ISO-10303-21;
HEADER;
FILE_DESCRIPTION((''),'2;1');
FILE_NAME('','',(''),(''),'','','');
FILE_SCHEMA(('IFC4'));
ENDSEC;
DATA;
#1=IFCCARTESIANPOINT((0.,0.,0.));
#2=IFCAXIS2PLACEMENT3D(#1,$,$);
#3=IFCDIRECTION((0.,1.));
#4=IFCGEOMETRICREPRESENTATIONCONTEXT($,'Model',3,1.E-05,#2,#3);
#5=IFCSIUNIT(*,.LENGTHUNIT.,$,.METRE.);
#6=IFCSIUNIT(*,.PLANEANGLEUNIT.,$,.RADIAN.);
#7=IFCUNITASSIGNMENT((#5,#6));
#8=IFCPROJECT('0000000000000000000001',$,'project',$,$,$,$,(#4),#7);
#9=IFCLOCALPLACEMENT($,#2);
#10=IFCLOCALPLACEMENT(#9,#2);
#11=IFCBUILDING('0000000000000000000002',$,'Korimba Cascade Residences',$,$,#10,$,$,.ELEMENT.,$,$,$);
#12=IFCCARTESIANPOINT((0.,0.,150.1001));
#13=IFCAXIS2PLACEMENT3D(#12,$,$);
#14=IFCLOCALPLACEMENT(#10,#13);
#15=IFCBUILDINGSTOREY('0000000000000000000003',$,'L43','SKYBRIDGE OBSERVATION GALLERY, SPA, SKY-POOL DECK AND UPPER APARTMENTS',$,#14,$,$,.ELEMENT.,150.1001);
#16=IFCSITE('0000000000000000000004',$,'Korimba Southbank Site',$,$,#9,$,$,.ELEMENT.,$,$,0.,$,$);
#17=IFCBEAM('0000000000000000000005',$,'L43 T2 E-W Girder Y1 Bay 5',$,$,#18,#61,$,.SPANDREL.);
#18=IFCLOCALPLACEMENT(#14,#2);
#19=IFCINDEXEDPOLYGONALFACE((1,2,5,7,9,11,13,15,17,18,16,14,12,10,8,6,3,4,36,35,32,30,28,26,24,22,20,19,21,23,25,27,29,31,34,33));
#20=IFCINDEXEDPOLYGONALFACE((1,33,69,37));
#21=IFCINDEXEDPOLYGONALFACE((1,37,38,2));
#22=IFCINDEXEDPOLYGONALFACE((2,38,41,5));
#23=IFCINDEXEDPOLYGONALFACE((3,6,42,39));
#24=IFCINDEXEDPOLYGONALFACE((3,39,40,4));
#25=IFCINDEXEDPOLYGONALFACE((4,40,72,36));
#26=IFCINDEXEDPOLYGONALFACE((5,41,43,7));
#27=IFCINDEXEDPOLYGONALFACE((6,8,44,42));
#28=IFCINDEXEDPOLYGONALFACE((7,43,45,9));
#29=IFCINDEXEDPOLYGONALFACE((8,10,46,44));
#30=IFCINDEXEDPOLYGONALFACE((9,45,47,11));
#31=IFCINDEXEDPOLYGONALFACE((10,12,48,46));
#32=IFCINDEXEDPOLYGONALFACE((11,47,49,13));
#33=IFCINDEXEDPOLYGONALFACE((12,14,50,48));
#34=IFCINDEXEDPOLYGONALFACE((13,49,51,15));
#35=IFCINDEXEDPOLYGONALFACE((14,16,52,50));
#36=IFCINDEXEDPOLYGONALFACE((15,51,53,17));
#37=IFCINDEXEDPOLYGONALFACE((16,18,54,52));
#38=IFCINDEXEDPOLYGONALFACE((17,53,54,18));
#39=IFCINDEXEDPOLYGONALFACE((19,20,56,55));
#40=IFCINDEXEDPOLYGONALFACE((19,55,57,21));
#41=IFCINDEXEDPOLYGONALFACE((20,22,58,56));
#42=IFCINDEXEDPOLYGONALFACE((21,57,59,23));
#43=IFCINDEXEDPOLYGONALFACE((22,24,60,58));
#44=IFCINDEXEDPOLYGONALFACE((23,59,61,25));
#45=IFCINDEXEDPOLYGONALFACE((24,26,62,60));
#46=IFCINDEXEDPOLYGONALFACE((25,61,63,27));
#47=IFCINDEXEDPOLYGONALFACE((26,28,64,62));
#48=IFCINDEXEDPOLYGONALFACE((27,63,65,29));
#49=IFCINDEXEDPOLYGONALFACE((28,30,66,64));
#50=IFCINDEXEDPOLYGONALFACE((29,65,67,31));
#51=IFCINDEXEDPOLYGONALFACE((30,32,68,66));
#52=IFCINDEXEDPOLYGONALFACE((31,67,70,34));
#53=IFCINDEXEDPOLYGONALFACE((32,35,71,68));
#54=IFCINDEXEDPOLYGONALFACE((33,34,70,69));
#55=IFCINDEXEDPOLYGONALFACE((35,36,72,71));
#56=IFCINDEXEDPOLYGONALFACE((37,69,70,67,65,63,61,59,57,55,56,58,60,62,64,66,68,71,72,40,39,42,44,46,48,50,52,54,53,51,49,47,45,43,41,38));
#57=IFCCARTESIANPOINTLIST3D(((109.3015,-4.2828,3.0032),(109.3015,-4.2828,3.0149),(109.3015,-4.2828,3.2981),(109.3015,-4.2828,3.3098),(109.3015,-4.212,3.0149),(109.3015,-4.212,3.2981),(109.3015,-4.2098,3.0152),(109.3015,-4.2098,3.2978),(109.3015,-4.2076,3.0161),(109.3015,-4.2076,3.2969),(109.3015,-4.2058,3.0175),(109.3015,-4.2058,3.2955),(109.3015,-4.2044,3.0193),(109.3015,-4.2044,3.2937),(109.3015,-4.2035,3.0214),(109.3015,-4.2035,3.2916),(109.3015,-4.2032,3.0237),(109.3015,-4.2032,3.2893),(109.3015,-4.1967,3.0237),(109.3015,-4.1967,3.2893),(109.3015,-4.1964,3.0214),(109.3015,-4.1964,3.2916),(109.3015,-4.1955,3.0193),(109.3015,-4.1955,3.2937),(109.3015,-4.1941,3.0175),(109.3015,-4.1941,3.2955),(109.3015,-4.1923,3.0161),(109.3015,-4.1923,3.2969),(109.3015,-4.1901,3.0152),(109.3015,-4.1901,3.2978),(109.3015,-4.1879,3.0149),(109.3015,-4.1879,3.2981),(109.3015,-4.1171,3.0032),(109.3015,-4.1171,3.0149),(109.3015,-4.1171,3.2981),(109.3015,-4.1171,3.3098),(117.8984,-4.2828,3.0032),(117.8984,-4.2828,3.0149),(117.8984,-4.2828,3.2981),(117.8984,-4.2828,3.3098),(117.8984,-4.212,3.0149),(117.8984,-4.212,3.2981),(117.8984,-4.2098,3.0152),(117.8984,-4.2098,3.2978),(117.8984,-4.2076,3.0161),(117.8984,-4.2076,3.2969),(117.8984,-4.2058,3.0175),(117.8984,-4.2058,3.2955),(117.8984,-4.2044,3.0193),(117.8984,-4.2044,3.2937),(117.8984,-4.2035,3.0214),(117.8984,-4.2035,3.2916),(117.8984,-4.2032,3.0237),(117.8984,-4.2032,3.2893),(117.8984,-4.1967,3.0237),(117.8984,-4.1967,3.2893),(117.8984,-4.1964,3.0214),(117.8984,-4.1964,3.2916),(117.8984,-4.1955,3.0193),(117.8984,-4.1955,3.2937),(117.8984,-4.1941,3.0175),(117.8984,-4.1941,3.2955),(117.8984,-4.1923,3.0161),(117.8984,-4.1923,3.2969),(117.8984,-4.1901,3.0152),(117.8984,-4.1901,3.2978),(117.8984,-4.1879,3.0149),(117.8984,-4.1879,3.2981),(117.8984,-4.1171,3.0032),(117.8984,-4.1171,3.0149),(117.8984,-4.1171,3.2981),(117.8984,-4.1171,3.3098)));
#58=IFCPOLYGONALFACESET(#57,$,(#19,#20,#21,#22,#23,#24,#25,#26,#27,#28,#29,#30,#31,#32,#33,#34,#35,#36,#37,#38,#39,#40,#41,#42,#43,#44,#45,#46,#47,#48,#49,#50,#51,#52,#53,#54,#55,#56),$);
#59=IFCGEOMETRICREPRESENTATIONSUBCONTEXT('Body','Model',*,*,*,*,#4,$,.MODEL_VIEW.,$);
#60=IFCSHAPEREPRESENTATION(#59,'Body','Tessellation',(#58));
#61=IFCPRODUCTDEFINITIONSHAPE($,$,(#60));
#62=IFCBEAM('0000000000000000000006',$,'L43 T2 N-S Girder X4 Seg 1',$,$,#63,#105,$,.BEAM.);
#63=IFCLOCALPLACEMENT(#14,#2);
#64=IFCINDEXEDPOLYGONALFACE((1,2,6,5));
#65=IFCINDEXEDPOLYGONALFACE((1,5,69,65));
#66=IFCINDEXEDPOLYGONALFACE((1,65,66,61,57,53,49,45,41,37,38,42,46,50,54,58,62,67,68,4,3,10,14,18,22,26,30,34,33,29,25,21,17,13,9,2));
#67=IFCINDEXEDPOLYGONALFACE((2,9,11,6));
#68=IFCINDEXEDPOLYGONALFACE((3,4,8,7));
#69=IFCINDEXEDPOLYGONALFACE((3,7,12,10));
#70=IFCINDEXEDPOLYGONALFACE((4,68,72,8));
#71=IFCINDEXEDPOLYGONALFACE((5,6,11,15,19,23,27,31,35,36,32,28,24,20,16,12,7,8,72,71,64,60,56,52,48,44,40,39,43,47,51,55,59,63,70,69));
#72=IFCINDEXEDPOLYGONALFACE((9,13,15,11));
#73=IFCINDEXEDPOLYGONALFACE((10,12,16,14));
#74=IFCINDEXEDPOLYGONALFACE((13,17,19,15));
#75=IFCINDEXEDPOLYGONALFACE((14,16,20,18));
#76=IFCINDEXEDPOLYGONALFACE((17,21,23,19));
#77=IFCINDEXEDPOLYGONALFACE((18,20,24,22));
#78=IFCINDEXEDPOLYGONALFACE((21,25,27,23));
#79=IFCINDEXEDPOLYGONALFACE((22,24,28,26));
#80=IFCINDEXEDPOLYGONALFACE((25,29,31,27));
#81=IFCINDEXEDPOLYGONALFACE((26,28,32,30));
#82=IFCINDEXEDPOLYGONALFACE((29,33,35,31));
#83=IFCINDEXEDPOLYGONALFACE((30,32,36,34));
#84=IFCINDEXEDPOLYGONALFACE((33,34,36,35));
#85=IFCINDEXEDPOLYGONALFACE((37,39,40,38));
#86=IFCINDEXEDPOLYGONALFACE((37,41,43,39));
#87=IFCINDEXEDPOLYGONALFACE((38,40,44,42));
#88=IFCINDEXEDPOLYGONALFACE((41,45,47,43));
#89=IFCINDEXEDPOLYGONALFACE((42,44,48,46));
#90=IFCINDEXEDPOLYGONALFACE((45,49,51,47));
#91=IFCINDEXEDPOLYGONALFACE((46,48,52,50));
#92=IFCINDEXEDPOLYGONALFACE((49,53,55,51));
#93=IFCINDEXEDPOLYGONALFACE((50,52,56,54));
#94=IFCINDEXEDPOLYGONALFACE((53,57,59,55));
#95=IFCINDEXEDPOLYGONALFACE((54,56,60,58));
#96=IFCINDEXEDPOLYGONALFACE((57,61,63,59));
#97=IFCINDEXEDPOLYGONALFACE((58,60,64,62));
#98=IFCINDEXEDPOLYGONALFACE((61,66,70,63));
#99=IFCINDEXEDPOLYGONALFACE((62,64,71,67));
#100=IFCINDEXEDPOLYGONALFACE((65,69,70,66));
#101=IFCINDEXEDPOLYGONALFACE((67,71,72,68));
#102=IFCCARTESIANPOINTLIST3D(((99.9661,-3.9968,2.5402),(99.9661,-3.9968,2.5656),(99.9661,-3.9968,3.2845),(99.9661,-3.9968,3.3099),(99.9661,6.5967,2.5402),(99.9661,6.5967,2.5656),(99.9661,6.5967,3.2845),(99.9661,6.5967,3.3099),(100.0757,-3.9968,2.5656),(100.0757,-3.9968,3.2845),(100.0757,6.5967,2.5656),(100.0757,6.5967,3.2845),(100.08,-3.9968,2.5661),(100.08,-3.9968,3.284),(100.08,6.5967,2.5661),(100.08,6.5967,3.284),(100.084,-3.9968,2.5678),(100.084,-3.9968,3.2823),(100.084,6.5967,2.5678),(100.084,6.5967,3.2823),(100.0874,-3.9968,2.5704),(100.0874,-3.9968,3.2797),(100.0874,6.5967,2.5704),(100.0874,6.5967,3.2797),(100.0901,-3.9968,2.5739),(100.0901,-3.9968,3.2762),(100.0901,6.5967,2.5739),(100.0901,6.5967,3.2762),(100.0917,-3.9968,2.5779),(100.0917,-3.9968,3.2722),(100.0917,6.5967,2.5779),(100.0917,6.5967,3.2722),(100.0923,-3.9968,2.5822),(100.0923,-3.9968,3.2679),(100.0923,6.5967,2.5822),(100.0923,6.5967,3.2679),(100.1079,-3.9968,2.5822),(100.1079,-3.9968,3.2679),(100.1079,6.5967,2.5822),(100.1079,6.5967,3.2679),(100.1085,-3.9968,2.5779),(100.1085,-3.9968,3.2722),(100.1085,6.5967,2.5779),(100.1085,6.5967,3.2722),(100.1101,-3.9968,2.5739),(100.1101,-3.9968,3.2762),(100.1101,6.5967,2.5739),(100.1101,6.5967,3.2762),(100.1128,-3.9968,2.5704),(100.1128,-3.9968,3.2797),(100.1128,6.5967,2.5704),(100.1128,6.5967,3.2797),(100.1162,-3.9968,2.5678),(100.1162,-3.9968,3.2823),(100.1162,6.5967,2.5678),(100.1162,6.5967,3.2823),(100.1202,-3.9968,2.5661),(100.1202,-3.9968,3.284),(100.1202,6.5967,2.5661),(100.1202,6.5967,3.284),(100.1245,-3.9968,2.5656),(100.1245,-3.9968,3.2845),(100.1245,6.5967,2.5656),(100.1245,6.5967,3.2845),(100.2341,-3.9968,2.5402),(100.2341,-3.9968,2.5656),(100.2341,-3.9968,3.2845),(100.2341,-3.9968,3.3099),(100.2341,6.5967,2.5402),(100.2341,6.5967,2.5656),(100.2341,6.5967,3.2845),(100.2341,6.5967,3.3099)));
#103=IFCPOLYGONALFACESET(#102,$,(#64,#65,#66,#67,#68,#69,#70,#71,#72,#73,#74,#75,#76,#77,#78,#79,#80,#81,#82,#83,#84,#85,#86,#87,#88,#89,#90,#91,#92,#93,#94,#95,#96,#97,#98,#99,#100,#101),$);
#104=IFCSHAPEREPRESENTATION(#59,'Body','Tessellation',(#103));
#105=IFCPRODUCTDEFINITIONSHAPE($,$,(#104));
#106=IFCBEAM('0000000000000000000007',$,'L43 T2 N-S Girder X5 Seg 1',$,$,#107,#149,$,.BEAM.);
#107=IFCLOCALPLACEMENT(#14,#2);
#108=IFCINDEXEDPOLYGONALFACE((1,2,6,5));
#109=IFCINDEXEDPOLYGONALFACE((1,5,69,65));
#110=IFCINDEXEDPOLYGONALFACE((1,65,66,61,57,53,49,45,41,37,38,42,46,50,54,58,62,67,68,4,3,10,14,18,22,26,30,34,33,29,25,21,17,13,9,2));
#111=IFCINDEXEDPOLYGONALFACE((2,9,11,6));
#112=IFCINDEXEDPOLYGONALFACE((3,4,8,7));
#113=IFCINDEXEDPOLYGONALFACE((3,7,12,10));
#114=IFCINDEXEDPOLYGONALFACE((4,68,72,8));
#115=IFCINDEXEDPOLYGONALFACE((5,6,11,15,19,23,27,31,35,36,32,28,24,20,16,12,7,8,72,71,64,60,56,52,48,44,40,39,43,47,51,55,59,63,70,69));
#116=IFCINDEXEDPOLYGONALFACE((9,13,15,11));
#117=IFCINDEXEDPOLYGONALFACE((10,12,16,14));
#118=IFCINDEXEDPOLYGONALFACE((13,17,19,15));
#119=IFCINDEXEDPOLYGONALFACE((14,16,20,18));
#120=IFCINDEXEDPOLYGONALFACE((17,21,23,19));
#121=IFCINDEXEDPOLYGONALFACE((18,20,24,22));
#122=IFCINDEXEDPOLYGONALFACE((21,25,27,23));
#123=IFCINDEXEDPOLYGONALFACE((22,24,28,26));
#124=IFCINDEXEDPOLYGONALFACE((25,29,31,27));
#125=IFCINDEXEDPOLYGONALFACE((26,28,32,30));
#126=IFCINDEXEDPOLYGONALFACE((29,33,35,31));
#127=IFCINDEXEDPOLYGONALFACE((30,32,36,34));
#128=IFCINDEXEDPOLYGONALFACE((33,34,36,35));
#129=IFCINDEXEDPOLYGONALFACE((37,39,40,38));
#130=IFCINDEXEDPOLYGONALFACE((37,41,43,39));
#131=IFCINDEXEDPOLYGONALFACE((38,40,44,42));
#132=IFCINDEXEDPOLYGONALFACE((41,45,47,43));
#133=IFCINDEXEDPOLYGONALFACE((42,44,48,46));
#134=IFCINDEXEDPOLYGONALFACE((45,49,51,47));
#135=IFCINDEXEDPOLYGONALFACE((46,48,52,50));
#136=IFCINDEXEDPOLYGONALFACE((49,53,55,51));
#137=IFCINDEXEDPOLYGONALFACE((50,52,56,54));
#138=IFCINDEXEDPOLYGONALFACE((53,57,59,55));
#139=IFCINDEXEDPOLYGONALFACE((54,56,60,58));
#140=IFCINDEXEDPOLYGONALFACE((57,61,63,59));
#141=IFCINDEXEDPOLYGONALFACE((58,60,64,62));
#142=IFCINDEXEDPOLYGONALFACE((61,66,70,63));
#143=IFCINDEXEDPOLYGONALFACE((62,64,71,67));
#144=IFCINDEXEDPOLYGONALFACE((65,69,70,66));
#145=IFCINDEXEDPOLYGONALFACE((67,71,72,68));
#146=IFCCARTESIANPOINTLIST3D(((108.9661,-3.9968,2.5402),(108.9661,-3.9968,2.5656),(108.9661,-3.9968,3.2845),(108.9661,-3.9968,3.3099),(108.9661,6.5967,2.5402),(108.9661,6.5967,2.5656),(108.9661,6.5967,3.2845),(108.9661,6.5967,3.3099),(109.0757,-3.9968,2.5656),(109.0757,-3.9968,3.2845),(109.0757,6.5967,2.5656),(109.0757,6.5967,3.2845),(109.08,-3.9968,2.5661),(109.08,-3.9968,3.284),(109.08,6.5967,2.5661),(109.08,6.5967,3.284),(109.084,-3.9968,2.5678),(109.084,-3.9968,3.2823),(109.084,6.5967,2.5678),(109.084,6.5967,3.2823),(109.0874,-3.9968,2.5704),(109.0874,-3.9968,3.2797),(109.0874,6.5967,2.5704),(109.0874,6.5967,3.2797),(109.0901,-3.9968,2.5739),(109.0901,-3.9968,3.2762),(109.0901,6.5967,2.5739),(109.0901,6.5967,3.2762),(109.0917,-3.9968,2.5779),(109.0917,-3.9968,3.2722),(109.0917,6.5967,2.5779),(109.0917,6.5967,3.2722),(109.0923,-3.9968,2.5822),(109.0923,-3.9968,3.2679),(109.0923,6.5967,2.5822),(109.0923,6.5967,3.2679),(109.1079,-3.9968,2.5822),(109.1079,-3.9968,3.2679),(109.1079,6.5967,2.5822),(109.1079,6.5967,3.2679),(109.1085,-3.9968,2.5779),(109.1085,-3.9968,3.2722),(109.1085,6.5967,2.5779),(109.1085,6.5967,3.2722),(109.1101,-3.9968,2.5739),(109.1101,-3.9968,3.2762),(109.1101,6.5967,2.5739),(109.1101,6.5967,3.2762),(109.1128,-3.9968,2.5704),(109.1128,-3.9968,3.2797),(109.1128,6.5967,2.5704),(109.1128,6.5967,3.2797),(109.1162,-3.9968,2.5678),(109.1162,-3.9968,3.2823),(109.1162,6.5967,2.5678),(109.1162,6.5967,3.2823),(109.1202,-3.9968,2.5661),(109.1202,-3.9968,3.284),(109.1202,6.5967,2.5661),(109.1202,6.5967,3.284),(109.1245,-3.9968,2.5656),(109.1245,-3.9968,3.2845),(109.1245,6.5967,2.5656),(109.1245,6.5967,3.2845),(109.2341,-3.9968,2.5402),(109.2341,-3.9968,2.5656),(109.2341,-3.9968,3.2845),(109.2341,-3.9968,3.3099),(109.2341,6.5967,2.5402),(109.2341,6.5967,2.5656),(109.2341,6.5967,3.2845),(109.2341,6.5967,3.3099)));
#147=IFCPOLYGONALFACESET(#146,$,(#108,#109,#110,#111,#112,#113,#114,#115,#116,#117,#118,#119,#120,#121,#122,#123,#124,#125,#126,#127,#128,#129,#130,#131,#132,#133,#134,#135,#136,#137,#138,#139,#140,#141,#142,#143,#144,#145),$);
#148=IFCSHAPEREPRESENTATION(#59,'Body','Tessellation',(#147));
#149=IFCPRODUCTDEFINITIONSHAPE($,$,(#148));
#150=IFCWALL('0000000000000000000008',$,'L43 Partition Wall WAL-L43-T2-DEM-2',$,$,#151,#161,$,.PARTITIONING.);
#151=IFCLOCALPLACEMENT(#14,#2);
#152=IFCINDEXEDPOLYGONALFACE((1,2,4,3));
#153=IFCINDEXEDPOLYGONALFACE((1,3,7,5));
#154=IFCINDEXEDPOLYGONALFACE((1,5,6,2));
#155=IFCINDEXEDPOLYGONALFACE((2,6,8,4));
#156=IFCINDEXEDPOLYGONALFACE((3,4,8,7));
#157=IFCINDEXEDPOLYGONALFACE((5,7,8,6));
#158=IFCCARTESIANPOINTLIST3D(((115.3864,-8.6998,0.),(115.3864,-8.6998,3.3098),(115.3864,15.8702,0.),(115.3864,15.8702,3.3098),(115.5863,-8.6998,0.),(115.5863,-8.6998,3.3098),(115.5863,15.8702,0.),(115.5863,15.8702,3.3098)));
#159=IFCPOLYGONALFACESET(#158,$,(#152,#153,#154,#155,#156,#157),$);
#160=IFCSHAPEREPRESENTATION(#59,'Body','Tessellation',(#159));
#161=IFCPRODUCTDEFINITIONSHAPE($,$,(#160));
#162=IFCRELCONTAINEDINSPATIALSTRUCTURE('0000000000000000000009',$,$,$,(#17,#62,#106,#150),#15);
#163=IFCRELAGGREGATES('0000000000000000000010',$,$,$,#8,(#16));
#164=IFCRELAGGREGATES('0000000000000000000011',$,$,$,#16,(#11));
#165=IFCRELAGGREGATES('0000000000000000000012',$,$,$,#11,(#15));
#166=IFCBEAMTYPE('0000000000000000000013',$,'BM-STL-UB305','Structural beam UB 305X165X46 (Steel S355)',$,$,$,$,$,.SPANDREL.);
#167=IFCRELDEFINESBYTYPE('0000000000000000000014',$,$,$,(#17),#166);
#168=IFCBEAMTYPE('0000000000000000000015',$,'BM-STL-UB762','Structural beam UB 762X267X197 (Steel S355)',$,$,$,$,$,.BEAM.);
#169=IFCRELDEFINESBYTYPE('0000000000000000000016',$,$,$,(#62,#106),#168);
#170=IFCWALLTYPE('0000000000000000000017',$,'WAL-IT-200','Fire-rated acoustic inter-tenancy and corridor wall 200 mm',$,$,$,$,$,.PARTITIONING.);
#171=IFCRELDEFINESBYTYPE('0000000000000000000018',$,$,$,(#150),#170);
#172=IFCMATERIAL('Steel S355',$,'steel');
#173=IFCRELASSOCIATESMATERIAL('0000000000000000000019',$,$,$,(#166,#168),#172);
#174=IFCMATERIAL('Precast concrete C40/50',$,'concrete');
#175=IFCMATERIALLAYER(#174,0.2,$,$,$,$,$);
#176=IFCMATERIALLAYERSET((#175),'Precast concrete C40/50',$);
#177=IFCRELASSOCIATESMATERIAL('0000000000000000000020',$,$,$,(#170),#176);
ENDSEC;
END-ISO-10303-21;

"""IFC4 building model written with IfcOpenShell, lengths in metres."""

from ifc_helpers import new_model, si_unit, direction, frame, frame_2d, origin, origin_2d, place, context, subcontext, project, spatial, rectangle, i_section, extrude, material, layer, layer_set, material_profile, profile_set, type_object, element, save


model = new_model("IFC4")

# Units and contexts
model_context = context("Model", 3, precision=1e-05, world=origin(), true_north=direction((0.0, 1.0)))
body_context = subcontext(model_context, "Body", "Model", "MODEL_VIEW")
ifc_project = project(units=[si_unit("LENGTHUNIT", "METRE"), si_unit("PLANEANGLEUNIT", "RADIAN")], contexts=[model_context])

# Site, building, storey
site_placement = place(None, origin())
site = spatial("IfcSite", under=ifc_project, at=site_placement, Name="Korimba Southbank Site", CompositionType="ELEMENT", RefElevation=0.0)
building_placement = place(site_placement, origin())
building = spatial("IfcBuilding", under=site, at=building_placement, Name="Korimba Cascade Residences", CompositionType="ELEMENT")
storey_placement = place(building_placement, frame((0.0, 0.0, 150.1001)))
storey = spatial("IfcBuildingStorey", under=building, at=storey_placement, Name="L43", Description="SKYBRIDGE OBSERVATION GALLERY, SPA, SKY-POOL DECK AND UPPER APARTMENTS", CompositionType="ELEMENT", Elevation=150.1001)

# Beams
ifc_material_1 = material(Name="Steel S355", Category="steel")
ifc_material_profile_1 = material_profile(ifc_material_1, i_section(OverallWidth=0.1658, OverallDepth=0.3066, WebThickness=0.0066, FlangeThickness=0.0117, FilletRadius=0.0088, at=origin_2d()), Name="Steel S355")
ifc_profile_set_1 = profile_set([ifc_material_profile_1], Name="Steel S355")
beam_type_1 = type_object("IfcBeamType", Name="BM-STL-UB305", Description="Structural beam UB 305X165X46 (Steel S355)", PredefinedType="SPANDREL", material=ifc_profile_set_1)
for number, where, z_axis, x_axis, name in (
    (1, (109.3015, -4.2, 3.1565), (1.0, 0.0, 0.0), (0.0, 1.0, 0.0), "L43 T2 E-W Girder Y1 Bay 5"),
):
    element("IfcBeam", number, at=place(storey_placement, frame(where, z_axis=z_axis, x_axis=x_axis)), inside=storey, type_object=beam_type_1, Name=name, PredefinedType="SPANDREL", context=body_context, shape_type="SweptSolid", body=[
        extrude(i_section(OverallWidth=0.1658, OverallDepth=0.3066, WebThickness=0.0066, FlangeThickness=0.0117, FilletRadius=0.0088, at=origin_2d()), origin(), (0.0, 0.0, 1.0), 8.5969),
    ])
ifc_material_profile_2 = material_profile(ifc_material_1, i_section(OverallWidth=0.2681, OverallDepth=0.7698, WebThickness=0.0156, FlangeThickness=0.0254, FilletRadius=0.0166, at=origin_2d()), Name="Steel S355")
ifc_profile_set_2 = profile_set([ifc_material_profile_2], Name="Steel S355")
beam_type_2 = type_object("IfcBeamType", Name="BM-STL-UB762", Description="Structural beam UB 762X267X197 (Steel S355)", PredefinedType="BEAM", material=ifc_profile_set_2)
for number, where, z_axis, x_axis, name in (
    (2, (100.1001, -3.9968, 2.925), (0.0, 1.0, 0.0), (-1.0, 0.0, 0.0), "L43 T2 N-S Girder X4 Seg 1"),
    (3, (109.1001, -3.9968, 2.925), (0.0, 1.0, 0.0), (-1.0, 0.0, 0.0), "L43 T2 N-S Girder X5 Seg 1"),
):
    element("IfcBeam", number, at=place(storey_placement, frame(where, z_axis=z_axis, x_axis=x_axis)), inside=storey, type_object=beam_type_2, Name=name, PredefinedType="BEAM", context=body_context, shape_type="SweptSolid", body=[
        extrude(i_section(OverallWidth=0.2681, OverallDepth=0.7698, WebThickness=0.0156, FlangeThickness=0.0254, FilletRadius=0.0166, at=origin_2d()), origin(), (0.0, 0.0, 1.0), 10.5935),
    ])

# Wall
ifc_material_2 = material(Name="Precast concrete C40/50", Category="concrete")
ifc_layer_1 = layer(ifc_material_2, 0.2)
ifc_layer_set_1 = layer_set([ifc_layer_1], Name="Precast concrete C40/50")
wall_type_1 = type_object("IfcWallType", Name="WAL-IT-200", Description="Fire-rated acoustic inter-tenancy and corridor wall 200 mm", PredefinedType="PARTITIONING", material=ifc_layer_set_1)
wall_1_placement = place(storey_placement, frame((115.4863, -8.7, 0.0), z_axis=(0.0, 0.0, 1.0), x_axis=(0.0, 1.0, 0.0)))
element("IfcWall", 4, at=wall_1_placement, inside=storey, type_object=wall_type_1, Name="L43 Partition Wall WAL-L43-T2-DEM-2", PredefinedType="PARTITIONING", context=body_context, shape_type="SweptSolid", body=[
    extrude(rectangle(XDim=24.5701, YDim=0.2, at=frame_2d((12.2852, 0.0))), origin(), (0.0, 0.0, 1.0), 3.3098),
])

save(model, "model.ifc")
